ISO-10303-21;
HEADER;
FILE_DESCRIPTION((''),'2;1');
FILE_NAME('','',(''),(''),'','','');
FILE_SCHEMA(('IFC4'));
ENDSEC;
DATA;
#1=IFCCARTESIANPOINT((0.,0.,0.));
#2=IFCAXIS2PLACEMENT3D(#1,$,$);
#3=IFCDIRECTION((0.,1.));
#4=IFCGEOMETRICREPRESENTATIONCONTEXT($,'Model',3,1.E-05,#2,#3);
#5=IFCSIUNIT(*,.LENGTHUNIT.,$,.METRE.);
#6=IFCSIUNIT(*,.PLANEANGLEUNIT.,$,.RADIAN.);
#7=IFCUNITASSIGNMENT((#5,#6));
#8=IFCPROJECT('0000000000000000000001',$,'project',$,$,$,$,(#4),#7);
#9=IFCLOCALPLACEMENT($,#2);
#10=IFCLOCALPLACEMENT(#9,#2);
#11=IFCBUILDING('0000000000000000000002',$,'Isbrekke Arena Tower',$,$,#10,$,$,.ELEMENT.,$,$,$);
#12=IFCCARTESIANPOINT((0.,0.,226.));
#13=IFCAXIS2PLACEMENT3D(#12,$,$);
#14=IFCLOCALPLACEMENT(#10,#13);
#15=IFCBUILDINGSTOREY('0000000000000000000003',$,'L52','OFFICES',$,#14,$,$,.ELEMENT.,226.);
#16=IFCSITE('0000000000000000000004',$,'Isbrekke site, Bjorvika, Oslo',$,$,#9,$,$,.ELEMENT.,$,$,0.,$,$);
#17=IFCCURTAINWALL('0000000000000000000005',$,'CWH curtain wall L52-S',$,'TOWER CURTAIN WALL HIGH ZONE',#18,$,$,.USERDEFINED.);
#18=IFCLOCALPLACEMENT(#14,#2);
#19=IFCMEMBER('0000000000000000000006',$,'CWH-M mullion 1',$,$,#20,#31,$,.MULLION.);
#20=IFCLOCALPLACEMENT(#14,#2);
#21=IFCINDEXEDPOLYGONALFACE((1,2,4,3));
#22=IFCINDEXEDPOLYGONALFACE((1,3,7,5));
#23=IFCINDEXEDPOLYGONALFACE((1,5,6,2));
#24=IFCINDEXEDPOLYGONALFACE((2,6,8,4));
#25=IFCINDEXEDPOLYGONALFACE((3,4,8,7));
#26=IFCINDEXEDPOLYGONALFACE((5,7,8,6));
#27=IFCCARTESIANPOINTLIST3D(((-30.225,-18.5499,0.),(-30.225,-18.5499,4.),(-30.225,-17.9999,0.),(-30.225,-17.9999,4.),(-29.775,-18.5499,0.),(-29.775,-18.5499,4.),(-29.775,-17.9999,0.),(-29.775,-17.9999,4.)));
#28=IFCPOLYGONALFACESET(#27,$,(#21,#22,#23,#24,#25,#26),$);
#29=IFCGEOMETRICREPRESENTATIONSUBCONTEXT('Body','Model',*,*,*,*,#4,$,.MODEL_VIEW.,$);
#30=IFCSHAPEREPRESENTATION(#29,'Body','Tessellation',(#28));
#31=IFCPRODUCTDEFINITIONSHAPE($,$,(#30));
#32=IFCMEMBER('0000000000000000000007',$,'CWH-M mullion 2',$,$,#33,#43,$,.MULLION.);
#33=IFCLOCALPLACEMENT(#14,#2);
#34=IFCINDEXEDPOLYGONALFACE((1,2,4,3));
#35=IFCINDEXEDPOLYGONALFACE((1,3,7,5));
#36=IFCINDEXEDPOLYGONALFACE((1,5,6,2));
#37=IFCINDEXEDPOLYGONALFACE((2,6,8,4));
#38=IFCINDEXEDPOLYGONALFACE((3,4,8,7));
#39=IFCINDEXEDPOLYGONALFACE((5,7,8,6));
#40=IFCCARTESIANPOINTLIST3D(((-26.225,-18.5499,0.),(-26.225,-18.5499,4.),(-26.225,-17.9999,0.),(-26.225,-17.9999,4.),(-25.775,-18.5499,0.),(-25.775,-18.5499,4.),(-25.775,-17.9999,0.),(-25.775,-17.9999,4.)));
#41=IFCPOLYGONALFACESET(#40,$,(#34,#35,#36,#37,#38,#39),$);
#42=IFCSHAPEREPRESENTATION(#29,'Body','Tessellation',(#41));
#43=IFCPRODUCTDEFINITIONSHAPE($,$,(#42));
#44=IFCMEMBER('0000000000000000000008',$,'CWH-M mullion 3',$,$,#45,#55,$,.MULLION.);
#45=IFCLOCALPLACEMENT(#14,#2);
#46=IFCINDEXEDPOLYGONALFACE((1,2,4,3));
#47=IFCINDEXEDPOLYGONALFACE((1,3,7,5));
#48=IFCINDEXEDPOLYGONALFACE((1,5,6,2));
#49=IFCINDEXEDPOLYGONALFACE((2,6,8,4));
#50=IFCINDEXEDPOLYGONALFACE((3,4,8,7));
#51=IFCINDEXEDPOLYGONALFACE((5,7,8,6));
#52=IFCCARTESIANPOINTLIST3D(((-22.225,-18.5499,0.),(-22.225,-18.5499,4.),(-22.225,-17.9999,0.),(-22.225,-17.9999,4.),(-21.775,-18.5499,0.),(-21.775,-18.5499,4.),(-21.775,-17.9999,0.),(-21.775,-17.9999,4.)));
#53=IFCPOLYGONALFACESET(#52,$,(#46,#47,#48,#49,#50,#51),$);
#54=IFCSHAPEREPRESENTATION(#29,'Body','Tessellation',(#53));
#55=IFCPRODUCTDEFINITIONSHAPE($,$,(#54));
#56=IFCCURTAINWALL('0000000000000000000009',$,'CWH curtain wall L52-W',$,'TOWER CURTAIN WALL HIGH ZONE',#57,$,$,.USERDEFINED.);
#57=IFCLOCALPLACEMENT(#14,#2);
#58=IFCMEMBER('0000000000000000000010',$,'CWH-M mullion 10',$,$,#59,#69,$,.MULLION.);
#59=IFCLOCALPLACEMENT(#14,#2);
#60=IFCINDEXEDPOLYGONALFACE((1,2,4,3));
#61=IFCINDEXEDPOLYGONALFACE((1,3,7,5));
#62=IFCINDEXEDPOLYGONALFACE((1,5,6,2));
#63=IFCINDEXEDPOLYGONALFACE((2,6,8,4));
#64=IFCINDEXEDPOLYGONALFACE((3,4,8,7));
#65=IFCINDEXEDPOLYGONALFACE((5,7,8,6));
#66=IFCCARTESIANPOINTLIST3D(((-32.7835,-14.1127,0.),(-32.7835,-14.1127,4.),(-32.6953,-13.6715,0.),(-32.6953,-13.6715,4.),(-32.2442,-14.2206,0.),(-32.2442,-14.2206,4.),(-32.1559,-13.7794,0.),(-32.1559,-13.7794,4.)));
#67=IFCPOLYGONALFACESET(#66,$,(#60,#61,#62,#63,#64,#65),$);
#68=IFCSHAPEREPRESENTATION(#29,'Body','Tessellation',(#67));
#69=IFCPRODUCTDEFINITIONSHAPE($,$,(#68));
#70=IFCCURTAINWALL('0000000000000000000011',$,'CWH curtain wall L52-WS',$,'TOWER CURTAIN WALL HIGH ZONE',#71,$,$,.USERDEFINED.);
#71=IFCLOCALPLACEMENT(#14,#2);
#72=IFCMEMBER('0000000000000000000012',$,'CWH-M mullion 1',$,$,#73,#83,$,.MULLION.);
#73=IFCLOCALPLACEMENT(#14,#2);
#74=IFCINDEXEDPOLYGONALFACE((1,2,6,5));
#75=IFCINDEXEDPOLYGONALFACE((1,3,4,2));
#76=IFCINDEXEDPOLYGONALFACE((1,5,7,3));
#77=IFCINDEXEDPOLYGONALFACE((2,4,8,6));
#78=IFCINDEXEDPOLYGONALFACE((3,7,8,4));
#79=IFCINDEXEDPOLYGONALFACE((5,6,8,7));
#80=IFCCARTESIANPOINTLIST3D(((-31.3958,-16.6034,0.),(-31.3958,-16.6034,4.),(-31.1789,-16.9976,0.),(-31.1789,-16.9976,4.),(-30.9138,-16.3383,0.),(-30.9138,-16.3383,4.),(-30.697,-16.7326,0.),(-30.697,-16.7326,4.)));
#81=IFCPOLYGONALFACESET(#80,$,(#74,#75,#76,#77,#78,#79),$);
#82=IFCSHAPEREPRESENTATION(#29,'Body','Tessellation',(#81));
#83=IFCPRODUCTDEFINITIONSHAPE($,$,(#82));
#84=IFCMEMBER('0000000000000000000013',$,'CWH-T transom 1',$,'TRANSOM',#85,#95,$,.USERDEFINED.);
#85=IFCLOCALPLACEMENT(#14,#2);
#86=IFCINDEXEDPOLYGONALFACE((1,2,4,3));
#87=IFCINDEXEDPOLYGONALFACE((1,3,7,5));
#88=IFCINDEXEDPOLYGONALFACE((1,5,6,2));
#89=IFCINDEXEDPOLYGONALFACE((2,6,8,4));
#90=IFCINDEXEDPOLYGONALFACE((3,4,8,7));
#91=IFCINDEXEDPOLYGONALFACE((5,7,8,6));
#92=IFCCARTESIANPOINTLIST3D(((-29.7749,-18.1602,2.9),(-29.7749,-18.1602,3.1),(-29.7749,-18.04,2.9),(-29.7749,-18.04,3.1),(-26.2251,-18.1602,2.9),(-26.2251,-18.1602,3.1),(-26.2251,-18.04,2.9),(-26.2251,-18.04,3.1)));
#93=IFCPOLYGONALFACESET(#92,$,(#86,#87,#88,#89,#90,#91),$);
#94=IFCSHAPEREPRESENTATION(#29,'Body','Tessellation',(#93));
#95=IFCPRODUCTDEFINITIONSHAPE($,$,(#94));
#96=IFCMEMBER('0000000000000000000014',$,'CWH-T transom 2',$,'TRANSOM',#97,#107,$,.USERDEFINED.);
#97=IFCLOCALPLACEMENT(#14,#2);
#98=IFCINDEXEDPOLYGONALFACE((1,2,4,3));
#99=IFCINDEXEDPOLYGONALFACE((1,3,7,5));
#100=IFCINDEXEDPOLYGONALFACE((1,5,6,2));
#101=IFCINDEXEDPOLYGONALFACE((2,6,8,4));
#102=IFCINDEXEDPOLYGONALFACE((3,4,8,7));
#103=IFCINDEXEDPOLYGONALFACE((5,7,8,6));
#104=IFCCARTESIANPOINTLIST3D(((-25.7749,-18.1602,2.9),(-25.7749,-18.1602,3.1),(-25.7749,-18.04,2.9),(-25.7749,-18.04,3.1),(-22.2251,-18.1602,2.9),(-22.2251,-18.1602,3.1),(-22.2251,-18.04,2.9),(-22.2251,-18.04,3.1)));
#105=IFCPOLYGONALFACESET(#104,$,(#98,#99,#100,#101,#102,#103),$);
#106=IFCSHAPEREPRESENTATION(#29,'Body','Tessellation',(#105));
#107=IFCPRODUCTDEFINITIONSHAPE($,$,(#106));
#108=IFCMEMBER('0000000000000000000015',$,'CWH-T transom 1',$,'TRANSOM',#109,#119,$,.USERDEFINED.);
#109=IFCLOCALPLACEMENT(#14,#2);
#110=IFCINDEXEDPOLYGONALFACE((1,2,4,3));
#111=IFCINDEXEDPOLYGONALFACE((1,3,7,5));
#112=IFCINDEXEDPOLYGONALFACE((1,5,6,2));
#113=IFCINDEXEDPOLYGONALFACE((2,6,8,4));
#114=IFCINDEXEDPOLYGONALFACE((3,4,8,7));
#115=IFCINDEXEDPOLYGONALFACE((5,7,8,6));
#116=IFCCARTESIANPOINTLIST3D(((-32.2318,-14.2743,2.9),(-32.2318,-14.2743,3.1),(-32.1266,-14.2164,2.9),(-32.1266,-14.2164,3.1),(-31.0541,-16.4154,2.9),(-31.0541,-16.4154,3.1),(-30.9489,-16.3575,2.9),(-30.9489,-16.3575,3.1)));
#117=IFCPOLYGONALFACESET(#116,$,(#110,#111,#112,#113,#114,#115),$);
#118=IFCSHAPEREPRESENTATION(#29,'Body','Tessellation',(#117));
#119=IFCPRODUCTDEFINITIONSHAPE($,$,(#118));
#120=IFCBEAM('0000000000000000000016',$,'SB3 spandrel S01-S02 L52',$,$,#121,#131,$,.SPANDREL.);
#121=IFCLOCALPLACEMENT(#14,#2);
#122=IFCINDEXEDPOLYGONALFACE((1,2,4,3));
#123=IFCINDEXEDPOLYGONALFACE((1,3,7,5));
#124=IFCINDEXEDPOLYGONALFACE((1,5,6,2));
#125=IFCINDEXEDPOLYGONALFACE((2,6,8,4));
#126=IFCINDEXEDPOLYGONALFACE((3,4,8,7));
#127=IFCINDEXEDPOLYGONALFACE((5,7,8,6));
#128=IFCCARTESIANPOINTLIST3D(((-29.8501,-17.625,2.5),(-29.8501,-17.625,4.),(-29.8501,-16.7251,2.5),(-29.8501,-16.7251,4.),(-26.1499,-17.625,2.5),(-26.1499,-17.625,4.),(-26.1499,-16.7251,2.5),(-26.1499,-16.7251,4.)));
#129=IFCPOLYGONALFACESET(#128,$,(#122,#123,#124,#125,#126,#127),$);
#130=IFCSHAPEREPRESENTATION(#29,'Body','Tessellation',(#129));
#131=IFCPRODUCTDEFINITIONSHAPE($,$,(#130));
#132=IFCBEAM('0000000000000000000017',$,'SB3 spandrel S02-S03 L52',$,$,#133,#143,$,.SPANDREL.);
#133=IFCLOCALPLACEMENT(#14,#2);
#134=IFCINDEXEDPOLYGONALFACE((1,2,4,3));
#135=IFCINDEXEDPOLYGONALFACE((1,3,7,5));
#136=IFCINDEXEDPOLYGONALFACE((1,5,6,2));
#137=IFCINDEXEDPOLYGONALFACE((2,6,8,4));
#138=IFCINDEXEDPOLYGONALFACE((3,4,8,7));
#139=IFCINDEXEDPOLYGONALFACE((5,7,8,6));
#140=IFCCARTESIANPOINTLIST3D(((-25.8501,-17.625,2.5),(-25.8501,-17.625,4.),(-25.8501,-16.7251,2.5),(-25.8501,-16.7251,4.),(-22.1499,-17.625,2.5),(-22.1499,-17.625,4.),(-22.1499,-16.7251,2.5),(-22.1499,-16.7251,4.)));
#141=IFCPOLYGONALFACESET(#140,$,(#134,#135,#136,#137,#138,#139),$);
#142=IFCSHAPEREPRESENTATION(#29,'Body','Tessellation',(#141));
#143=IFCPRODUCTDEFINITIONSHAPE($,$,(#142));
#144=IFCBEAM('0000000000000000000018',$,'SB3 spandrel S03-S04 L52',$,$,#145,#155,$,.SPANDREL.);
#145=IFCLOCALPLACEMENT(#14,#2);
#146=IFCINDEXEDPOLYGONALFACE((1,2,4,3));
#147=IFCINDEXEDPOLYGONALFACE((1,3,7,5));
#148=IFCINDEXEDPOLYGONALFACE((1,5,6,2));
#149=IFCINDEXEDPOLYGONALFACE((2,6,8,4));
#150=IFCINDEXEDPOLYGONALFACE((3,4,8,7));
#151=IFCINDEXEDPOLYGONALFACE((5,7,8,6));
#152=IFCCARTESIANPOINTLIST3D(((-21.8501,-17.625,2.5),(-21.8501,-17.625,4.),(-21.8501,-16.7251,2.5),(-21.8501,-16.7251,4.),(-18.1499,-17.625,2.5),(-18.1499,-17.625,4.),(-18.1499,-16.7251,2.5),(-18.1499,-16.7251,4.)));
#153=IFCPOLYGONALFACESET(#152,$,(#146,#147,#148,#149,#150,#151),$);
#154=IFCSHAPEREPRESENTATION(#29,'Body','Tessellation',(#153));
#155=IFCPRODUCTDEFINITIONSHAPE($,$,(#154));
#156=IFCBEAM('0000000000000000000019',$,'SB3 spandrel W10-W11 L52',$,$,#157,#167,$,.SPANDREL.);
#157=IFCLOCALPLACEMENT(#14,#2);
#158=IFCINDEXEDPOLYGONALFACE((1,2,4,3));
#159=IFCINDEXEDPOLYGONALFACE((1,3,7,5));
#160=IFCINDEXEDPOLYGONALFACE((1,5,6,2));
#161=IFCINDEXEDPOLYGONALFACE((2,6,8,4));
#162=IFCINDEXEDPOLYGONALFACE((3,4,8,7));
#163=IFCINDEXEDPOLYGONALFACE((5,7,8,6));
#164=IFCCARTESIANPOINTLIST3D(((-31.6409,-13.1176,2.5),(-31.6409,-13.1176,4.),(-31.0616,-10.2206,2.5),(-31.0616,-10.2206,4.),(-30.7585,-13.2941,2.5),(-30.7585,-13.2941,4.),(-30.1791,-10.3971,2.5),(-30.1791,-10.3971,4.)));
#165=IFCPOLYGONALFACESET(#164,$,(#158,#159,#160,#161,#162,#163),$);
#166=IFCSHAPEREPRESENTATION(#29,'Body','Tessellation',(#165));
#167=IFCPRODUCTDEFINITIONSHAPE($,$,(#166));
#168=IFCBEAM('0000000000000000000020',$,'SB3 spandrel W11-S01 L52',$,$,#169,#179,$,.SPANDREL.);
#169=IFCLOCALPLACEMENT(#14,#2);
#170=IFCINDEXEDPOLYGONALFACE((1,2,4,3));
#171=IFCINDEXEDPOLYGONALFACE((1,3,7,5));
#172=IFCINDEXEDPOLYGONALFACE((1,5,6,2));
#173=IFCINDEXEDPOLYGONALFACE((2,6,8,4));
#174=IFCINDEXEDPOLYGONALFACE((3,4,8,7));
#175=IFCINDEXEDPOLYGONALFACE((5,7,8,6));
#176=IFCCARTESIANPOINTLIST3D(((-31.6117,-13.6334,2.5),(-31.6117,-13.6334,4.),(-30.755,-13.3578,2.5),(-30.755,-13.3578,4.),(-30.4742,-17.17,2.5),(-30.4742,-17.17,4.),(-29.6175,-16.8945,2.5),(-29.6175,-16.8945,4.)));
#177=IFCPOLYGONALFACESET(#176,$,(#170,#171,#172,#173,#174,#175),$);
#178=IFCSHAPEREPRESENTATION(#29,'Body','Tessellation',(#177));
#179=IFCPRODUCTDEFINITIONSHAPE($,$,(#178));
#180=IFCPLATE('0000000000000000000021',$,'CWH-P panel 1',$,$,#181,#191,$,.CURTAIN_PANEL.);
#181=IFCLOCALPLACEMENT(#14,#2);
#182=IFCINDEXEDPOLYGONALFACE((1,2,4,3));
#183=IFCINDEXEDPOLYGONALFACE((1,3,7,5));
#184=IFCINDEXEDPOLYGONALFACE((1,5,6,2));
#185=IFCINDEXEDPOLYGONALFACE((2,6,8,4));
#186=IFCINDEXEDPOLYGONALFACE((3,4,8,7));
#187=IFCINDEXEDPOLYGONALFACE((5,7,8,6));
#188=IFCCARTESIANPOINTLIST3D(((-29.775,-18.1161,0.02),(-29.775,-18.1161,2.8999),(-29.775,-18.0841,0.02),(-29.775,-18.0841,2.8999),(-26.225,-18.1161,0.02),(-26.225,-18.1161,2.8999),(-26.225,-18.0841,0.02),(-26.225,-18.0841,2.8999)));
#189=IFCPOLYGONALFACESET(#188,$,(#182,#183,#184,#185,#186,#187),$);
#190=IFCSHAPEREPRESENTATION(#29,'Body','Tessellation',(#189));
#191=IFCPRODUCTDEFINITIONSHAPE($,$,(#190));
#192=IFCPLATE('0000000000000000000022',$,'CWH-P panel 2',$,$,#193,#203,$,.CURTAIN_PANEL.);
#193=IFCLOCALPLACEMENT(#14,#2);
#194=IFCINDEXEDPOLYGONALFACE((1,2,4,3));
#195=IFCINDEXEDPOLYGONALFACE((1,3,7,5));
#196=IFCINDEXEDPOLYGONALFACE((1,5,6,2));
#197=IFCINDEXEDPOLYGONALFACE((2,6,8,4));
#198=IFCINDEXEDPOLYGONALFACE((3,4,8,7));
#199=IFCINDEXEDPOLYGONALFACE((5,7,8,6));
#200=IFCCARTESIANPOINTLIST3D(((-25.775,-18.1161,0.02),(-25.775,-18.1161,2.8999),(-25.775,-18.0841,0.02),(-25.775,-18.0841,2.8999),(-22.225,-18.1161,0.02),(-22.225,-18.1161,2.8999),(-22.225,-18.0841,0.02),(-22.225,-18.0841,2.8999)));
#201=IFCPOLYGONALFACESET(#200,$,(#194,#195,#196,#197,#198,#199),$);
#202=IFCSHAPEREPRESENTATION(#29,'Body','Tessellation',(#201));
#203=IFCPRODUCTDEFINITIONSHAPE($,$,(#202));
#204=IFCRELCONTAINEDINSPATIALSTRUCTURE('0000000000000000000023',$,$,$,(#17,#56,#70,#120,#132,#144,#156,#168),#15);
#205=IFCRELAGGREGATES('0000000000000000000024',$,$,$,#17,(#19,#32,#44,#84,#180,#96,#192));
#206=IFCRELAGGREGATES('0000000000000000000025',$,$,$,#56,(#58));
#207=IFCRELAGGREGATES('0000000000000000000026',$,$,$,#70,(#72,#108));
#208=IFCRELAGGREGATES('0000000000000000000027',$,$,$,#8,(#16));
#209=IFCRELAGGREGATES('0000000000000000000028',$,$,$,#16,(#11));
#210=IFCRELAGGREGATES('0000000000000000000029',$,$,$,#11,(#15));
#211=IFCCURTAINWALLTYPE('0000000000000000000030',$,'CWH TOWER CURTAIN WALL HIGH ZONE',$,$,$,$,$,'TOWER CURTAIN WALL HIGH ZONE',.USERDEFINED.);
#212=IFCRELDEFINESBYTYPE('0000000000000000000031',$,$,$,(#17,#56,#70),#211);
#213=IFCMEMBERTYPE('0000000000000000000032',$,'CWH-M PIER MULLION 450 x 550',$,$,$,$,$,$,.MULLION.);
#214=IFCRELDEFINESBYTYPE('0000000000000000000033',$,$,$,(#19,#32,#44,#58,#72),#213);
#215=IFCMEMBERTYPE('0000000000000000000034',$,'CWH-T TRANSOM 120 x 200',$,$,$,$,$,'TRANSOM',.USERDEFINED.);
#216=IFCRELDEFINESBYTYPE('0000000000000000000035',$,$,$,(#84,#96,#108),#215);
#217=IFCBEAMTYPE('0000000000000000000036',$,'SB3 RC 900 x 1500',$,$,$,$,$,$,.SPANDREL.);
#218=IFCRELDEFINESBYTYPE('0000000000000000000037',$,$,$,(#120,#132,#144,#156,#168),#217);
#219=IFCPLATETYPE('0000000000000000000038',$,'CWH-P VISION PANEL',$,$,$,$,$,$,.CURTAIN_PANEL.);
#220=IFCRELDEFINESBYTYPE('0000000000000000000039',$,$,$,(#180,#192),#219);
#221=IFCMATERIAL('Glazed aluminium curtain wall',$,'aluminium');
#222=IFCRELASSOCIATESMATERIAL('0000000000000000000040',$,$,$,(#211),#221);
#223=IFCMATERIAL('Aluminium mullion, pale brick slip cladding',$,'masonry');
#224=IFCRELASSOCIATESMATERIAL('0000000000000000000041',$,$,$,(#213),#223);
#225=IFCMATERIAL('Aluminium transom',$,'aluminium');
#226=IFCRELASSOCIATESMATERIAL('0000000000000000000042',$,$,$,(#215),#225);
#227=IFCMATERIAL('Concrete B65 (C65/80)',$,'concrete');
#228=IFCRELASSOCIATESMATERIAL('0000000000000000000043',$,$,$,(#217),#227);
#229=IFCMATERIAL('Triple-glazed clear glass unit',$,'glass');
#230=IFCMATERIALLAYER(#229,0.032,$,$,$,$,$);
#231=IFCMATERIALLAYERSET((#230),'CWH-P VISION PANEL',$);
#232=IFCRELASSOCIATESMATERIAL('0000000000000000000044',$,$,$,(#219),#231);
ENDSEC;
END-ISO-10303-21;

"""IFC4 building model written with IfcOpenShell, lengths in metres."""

from ifc_helpers import new_model, si_unit, direction, frame, origin, origin_2d, place, context, subcontext, project, spatial, rectangle, extrude, material, layer, layer_set, material_profile, profile_set, type_object, element, aggregate, save


model = new_model("IFC4")

# Units and contexts
model_context = context("Model", 3, precision=1e-05, world=origin(), true_north=direction((0.0, 1.0)))
body_context = subcontext(model_context, "Body", "Model", "MODEL_VIEW")
ifc_project = project(units=[si_unit("LENGTHUNIT", "METRE"), si_unit("PLANEANGLEUNIT", "RADIAN")], contexts=[model_context])

# Site, building, storey
site_placement = place(None, origin())
site = spatial("IfcSite", under=ifc_project, at=site_placement, Name="Isbrekke site, Bjorvika, Oslo", CompositionType="ELEMENT", RefElevation=0.0)
building_placement = place(site_placement, origin())
building = spatial("IfcBuilding", under=site, at=building_placement, Name="Isbrekke Arena Tower", CompositionType="ELEMENT")
storey_placement = place(building_placement, frame((0.0, 0.0, 226.0)))
storey = spatial("IfcBuildingStorey", under=building, at=storey_placement, Name="L52", Description="OFFICES", CompositionType="ELEMENT", Elevation=226.0)

# Curtain wall, members
ifc_material_1 = material(Name="Glazed aluminium curtain wall", Category="aluminium")
curtain_wall_type = type_object("IfcCurtainWallType", Name="CWH TOWER CURTAIN WALL HIGH ZONE", ElementType="TOWER CURTAIN WALL HIGH ZONE", PredefinedType="USERDEFINED", material=ifc_material_1)
curtain_wall_1_placement = place(storey_placement, origin())
curtain_wall_1 = element("IfcCurtainWall", 1, at=curtain_wall_1_placement, inside=storey, type_object=curtain_wall_type, Name="CWH curtain wall L52-S", ObjectType="TOWER CURTAIN WALL HIGH ZONE", PredefinedType="USERDEFINED")
ifc_material_2 = material(Name="Aluminium mullion, pale brick slip cladding", Category="masonry")
ifc_material_profile_1 = material_profile(ifc_material_2, rectangle(XDim=0.45, YDim=0.55, at=origin_2d()), Name="PIER 450X550")
ifc_profile_set_1 = profile_set([ifc_material_profile_1], Name="Aluminium mullion, pale brick slip cladding")
member_type_1 = type_object("IfcMemberType", Name="CWH-M PIER MULLION 450 x 550", PredefinedType="MULLION", material=ifc_profile_set_1)
member_1_placement = place(storey_placement, frame((-30.0, -18.2749, 0.0), z_axis=(0.0, 0.0, 1.0), x_axis=(1.0, 0.0, 0.0)))
member_1 = element("IfcMember", 2, at=member_1_placement, type_object=member_type_1, Name="CWH-M mullion 1", PredefinedType="MULLION", context=body_context, shape_type="SweptSolid", body=[
    extrude(rectangle(XDim=0.45, YDim=0.55, at=origin_2d()), origin(), (0.0, 0.0, 1.0), 4.0),
])
member_2_placement = place(storey_placement, frame((-26.0, -18.2749, 0.0), z_axis=(0.0, 0.0, 1.0), x_axis=(1.0, 0.0, 0.0)))
member_2 = element("IfcMember", 3, at=member_2_placement, type_object=member_type_1, Name="CWH-M mullion 2", PredefinedType="MULLION", context=body_context, shape_type="SweptSolid", body=[
    extrude(rectangle(XDim=0.45, YDim=0.55, at=origin_2d()), origin(), (0.0, 0.0, 1.0), 4.0),
])
member_3_placement = place(storey_placement, frame((-22.0, -18.2749, 0.0), z_axis=(0.0, 0.0, 1.0), x_axis=(1.0, 0.0, 0.0)))
member_3 = element("IfcMember", 4, at=member_3_placement, type_object=member_type_1, Name="CWH-M mullion 3", PredefinedType="MULLION", context=body_context, shape_type="SweptSolid", body=[
    extrude(rectangle(XDim=0.45, YDim=0.55, at=origin_2d()), origin(), (0.0, 0.0, 1.0), 4.0),
])

# Curtain walls, members
curtain_wall_2_placement = place(storey_placement, origin())
curtain_wall_2 = element("IfcCurtainWall", 5, at=curtain_wall_2_placement, inside=storey, type_object=curtain_wall_type, Name="CWH curtain wall L52-W", ObjectType="TOWER CURTAIN WALL HIGH ZONE", PredefinedType="USERDEFINED")
member_4_placement = place(storey_placement, frame((-32.4697, -13.946, 0.0), z_axis=(0.0, 0.0, 1.0), x_axis=(-0.196116, -0.980581, 0.0)))
member_4 = element("IfcMember", 6, at=member_4_placement, type_object=member_type_1, Name="CWH-M mullion 10", PredefinedType="MULLION", context=body_context, shape_type="SweptSolid", body=[
    extrude(rectangle(XDim=0.45, YDim=0.55, at=origin_2d()), origin(), (0.0, 0.0, 1.0), 4.0),
])
curtain_wall_3_placement = place(storey_placement, origin())
curtain_wall_3 = element("IfcCurtainWall", 7, at=curtain_wall_3_placement, inside=storey, type_object=curtain_wall_type, Name="CWH curtain wall L52-WS", ObjectType="TOWER CURTAIN WALL HIGH ZONE", PredefinedType="USERDEFINED")
member_5_placement = place(storey_placement, frame((-31.0464, -16.668, 0.0), z_axis=(0.0, 0.0, 1.0), x_axis=(0.481919, -0.876216, 0.0)))
member_5 = element("IfcMember", 8, at=member_5_placement, type_object=member_type_1, Name="CWH-M mullion 1", PredefinedType="MULLION", context=body_context, shape_type="SweptSolid", body=[
    extrude(rectangle(XDim=0.45, YDim=0.55, at=origin_2d()), origin(), (0.0, 0.0, 1.0), 4.0),
])

# Members
ifc_material_3 = material(Name="Aluminium transom", Category="aluminium")
ifc_material_profile_2 = material_profile(ifc_material_3, rectangle(XDim=0.1201, YDim=0.2, at=origin_2d()), Name="TRANSOM 120X200")
ifc_profile_set_2 = profile_set([ifc_material_profile_2], Name="Aluminium transom")
member_type_2 = type_object("IfcMemberType", Name="CWH-T TRANSOM 120 x 200", ElementType="TRANSOM", PredefinedType="USERDEFINED", material=ifc_profile_set_2)
member_6_placement = place(storey_placement, frame((-29.7749, -18.1001, 3.0), z_axis=(1.0, 0.0, 0.0), x_axis=(0.0, 1.0, 0.0)))
member_6 = element("IfcMember", 9, at=member_6_placement, type_object=member_type_2, Name="CWH-T transom 1", ObjectType="TRANSOM", PredefinedType="USERDEFINED", context=body_context, shape_type="SweptSolid", body=[
    extrude(rectangle(XDim=0.1201, YDim=0.2, at=origin_2d()), origin(), (0.0, 0.0, 1.0), 3.5498),
])
member_7_placement = place(storey_placement, frame((-25.7749, -18.1001, 3.0), z_axis=(1.0, 0.0, 0.0), x_axis=(0.0, 1.0, 0.0)))
member_7 = element("IfcMember", 10, at=member_7_placement, type_object=member_type_2, Name="CWH-T transom 2", ObjectType="TRANSOM", PredefinedType="USERDEFINED", context=body_context, shape_type="SweptSolid", body=[
    extrude(rectangle(XDim=0.1201, YDim=0.2, at=origin_2d()), origin(), (0.0, 0.0, 1.0), 3.5498),
])
member_8_placement = place(storey_placement, frame((-32.1792, -14.2454, 3.0), z_axis=(0.481957, -0.876195, 0.0), x_axis=(0.876195, 0.481957, 0.0)))
member_8 = element("IfcMember", 11, at=member_8_placement, type_object=member_type_2, Name="CWH-T transom 1", ObjectType="TRANSOM", PredefinedType="USERDEFINED", context=body_context, shape_type="SweptSolid", body=[
    extrude(rectangle(XDim=0.1201, YDim=0.2, at=origin_2d()), origin(), (0.0, 0.0, 1.0), 2.4436),
])

# Beams
ifc_material_4 = material(Name="Concrete B65 (C65/80)", Category="concrete")
ifc_material_profile_3 = material_profile(ifc_material_4, rectangle(XDim=0.8999, YDim=1.5, at=origin_2d()), Name="RC 900x1500")
ifc_profile_set_3 = profile_set([ifc_material_profile_3], Name="Concrete B65 (C65/80)")
beam_type_1 = type_object("IfcBeamType", Name="SB3 RC 900 x 1500", PredefinedType="SPANDREL", material=ifc_profile_set_3)
for number, where, z_axis, x_axis, name in (
    (12, (-29.8501, -17.175, 3.25), (1.0, 0.0, 0.0), (0.0, 1.0, 0.0), "SB3 spandrel S01-S02 L52"),
    (13, (-25.8501, -17.175, 3.25), (1.0, 0.0, 0.0), (0.0, 1.0, 0.0), "SB3 spandrel S02-S03 L52"),
    (14, (-21.8501, -17.175, 3.25), (1.0, 0.0, 0.0), (0.0, 1.0, 0.0), "SB3 spandrel S03-S04 L52"),
):
    element("IfcBeam", number, at=place(storey_placement, frame(where, z_axis=z_axis, x_axis=x_axis)), inside=storey, type_object=beam_type_1, Name=name, PredefinedType="SPANDREL", context=body_context, shape_type="SweptSolid", body=[
        extrude(rectangle(XDim=0.8999, YDim=1.5, at=origin_2d()), origin(), (0.0, 0.0, 1.0), 3.7002),
    ])
beam_1_placement = place(storey_placement, frame((-30.6204, -10.3088, 3.25), z_axis=(-0.1961, -0.980584, 0.0), x_axis=(0.980584, -0.1961, 0.0)))
element("IfcBeam", 15, at=beam_1_placement, inside=storey, type_object=beam_type_1, Name="SB3 spandrel W10-W11 L52", PredefinedType="SPANDREL", context=body_context, shape_type="SweptSolid", body=[
    extrude(rectangle(XDim=0.8999, YDim=1.5, at=origin_2d()), origin(), (0.0, 0.0, 1.0), 2.9543),
])
beam_2_placement = place(storey_placement, frame((-31.1833, -13.4956, 3.25), z_axis=(0.306175, -0.951975, 0.0), x_axis=(0.951975, 0.306175, 0.0)))
element("IfcBeam", 16, at=beam_2_placement, inside=storey, type_object=beam_type_1, Name="SB3 spandrel W11-S01 L52", PredefinedType="SPANDREL", context=body_context, shape_type="SweptSolid", body=[
    extrude(rectangle(XDim=0.8999, YDim=1.5, at=origin_2d()), origin(), (0.0, 0.0, 1.0), 3.7151),
])

# Plates
ifc_material_5 = material(Name="Triple-glazed clear glass unit", Category="glass")
ifc_layer_1 = layer(ifc_material_5, 0.032)
ifc_layer_set_1 = layer_set([ifc_layer_1], Name="CWH-P VISION PANEL")
plate_type = type_object("IfcPlateType", Name="CWH-P VISION PANEL", PredefinedType="CURTAIN_PANEL", material=ifc_layer_set_1)
plate_1_placement = place(storey_placement, frame((-28.0, -18.1001, 0.02), z_axis=(0.0, 0.0, 1.0), x_axis=(1.0, 0.0, 0.0)))
plate_1 = element("IfcPlate", 17, at=plate_1_placement, type_object=plate_type, Name="CWH-P panel 1", PredefinedType="CURTAIN_PANEL", context=body_context, shape_type="SweptSolid", body=[
    extrude(rectangle(XDim=3.55, YDim=0.032, at=origin_2d()), origin(), (0.0, 0.0, 1.0), 2.8799),
])
plate_2_placement = place(storey_placement, frame((-24.0, -18.1001, 0.02), z_axis=(0.0, 0.0, 1.0), x_axis=(1.0, 0.0, 0.0)))
plate_2 = element("IfcPlate", 18, at=plate_2_placement, type_object=plate_type, Name="CWH-P panel 2", PredefinedType="CURTAIN_PANEL", context=body_context, shape_type="SweptSolid", body=[
    extrude(rectangle(XDim=3.55, YDim=0.032, at=origin_2d()), origin(), (0.0, 0.0, 1.0), 2.8799),
])
aggregate(curtain_wall_1, [member_1, member_2, member_3, member_6, plate_1, member_7, plate_2])
aggregate(curtain_wall_2, [member_4])
aggregate(curtain_wall_3, [member_5, member_8])

save(model, "model.ifc")
